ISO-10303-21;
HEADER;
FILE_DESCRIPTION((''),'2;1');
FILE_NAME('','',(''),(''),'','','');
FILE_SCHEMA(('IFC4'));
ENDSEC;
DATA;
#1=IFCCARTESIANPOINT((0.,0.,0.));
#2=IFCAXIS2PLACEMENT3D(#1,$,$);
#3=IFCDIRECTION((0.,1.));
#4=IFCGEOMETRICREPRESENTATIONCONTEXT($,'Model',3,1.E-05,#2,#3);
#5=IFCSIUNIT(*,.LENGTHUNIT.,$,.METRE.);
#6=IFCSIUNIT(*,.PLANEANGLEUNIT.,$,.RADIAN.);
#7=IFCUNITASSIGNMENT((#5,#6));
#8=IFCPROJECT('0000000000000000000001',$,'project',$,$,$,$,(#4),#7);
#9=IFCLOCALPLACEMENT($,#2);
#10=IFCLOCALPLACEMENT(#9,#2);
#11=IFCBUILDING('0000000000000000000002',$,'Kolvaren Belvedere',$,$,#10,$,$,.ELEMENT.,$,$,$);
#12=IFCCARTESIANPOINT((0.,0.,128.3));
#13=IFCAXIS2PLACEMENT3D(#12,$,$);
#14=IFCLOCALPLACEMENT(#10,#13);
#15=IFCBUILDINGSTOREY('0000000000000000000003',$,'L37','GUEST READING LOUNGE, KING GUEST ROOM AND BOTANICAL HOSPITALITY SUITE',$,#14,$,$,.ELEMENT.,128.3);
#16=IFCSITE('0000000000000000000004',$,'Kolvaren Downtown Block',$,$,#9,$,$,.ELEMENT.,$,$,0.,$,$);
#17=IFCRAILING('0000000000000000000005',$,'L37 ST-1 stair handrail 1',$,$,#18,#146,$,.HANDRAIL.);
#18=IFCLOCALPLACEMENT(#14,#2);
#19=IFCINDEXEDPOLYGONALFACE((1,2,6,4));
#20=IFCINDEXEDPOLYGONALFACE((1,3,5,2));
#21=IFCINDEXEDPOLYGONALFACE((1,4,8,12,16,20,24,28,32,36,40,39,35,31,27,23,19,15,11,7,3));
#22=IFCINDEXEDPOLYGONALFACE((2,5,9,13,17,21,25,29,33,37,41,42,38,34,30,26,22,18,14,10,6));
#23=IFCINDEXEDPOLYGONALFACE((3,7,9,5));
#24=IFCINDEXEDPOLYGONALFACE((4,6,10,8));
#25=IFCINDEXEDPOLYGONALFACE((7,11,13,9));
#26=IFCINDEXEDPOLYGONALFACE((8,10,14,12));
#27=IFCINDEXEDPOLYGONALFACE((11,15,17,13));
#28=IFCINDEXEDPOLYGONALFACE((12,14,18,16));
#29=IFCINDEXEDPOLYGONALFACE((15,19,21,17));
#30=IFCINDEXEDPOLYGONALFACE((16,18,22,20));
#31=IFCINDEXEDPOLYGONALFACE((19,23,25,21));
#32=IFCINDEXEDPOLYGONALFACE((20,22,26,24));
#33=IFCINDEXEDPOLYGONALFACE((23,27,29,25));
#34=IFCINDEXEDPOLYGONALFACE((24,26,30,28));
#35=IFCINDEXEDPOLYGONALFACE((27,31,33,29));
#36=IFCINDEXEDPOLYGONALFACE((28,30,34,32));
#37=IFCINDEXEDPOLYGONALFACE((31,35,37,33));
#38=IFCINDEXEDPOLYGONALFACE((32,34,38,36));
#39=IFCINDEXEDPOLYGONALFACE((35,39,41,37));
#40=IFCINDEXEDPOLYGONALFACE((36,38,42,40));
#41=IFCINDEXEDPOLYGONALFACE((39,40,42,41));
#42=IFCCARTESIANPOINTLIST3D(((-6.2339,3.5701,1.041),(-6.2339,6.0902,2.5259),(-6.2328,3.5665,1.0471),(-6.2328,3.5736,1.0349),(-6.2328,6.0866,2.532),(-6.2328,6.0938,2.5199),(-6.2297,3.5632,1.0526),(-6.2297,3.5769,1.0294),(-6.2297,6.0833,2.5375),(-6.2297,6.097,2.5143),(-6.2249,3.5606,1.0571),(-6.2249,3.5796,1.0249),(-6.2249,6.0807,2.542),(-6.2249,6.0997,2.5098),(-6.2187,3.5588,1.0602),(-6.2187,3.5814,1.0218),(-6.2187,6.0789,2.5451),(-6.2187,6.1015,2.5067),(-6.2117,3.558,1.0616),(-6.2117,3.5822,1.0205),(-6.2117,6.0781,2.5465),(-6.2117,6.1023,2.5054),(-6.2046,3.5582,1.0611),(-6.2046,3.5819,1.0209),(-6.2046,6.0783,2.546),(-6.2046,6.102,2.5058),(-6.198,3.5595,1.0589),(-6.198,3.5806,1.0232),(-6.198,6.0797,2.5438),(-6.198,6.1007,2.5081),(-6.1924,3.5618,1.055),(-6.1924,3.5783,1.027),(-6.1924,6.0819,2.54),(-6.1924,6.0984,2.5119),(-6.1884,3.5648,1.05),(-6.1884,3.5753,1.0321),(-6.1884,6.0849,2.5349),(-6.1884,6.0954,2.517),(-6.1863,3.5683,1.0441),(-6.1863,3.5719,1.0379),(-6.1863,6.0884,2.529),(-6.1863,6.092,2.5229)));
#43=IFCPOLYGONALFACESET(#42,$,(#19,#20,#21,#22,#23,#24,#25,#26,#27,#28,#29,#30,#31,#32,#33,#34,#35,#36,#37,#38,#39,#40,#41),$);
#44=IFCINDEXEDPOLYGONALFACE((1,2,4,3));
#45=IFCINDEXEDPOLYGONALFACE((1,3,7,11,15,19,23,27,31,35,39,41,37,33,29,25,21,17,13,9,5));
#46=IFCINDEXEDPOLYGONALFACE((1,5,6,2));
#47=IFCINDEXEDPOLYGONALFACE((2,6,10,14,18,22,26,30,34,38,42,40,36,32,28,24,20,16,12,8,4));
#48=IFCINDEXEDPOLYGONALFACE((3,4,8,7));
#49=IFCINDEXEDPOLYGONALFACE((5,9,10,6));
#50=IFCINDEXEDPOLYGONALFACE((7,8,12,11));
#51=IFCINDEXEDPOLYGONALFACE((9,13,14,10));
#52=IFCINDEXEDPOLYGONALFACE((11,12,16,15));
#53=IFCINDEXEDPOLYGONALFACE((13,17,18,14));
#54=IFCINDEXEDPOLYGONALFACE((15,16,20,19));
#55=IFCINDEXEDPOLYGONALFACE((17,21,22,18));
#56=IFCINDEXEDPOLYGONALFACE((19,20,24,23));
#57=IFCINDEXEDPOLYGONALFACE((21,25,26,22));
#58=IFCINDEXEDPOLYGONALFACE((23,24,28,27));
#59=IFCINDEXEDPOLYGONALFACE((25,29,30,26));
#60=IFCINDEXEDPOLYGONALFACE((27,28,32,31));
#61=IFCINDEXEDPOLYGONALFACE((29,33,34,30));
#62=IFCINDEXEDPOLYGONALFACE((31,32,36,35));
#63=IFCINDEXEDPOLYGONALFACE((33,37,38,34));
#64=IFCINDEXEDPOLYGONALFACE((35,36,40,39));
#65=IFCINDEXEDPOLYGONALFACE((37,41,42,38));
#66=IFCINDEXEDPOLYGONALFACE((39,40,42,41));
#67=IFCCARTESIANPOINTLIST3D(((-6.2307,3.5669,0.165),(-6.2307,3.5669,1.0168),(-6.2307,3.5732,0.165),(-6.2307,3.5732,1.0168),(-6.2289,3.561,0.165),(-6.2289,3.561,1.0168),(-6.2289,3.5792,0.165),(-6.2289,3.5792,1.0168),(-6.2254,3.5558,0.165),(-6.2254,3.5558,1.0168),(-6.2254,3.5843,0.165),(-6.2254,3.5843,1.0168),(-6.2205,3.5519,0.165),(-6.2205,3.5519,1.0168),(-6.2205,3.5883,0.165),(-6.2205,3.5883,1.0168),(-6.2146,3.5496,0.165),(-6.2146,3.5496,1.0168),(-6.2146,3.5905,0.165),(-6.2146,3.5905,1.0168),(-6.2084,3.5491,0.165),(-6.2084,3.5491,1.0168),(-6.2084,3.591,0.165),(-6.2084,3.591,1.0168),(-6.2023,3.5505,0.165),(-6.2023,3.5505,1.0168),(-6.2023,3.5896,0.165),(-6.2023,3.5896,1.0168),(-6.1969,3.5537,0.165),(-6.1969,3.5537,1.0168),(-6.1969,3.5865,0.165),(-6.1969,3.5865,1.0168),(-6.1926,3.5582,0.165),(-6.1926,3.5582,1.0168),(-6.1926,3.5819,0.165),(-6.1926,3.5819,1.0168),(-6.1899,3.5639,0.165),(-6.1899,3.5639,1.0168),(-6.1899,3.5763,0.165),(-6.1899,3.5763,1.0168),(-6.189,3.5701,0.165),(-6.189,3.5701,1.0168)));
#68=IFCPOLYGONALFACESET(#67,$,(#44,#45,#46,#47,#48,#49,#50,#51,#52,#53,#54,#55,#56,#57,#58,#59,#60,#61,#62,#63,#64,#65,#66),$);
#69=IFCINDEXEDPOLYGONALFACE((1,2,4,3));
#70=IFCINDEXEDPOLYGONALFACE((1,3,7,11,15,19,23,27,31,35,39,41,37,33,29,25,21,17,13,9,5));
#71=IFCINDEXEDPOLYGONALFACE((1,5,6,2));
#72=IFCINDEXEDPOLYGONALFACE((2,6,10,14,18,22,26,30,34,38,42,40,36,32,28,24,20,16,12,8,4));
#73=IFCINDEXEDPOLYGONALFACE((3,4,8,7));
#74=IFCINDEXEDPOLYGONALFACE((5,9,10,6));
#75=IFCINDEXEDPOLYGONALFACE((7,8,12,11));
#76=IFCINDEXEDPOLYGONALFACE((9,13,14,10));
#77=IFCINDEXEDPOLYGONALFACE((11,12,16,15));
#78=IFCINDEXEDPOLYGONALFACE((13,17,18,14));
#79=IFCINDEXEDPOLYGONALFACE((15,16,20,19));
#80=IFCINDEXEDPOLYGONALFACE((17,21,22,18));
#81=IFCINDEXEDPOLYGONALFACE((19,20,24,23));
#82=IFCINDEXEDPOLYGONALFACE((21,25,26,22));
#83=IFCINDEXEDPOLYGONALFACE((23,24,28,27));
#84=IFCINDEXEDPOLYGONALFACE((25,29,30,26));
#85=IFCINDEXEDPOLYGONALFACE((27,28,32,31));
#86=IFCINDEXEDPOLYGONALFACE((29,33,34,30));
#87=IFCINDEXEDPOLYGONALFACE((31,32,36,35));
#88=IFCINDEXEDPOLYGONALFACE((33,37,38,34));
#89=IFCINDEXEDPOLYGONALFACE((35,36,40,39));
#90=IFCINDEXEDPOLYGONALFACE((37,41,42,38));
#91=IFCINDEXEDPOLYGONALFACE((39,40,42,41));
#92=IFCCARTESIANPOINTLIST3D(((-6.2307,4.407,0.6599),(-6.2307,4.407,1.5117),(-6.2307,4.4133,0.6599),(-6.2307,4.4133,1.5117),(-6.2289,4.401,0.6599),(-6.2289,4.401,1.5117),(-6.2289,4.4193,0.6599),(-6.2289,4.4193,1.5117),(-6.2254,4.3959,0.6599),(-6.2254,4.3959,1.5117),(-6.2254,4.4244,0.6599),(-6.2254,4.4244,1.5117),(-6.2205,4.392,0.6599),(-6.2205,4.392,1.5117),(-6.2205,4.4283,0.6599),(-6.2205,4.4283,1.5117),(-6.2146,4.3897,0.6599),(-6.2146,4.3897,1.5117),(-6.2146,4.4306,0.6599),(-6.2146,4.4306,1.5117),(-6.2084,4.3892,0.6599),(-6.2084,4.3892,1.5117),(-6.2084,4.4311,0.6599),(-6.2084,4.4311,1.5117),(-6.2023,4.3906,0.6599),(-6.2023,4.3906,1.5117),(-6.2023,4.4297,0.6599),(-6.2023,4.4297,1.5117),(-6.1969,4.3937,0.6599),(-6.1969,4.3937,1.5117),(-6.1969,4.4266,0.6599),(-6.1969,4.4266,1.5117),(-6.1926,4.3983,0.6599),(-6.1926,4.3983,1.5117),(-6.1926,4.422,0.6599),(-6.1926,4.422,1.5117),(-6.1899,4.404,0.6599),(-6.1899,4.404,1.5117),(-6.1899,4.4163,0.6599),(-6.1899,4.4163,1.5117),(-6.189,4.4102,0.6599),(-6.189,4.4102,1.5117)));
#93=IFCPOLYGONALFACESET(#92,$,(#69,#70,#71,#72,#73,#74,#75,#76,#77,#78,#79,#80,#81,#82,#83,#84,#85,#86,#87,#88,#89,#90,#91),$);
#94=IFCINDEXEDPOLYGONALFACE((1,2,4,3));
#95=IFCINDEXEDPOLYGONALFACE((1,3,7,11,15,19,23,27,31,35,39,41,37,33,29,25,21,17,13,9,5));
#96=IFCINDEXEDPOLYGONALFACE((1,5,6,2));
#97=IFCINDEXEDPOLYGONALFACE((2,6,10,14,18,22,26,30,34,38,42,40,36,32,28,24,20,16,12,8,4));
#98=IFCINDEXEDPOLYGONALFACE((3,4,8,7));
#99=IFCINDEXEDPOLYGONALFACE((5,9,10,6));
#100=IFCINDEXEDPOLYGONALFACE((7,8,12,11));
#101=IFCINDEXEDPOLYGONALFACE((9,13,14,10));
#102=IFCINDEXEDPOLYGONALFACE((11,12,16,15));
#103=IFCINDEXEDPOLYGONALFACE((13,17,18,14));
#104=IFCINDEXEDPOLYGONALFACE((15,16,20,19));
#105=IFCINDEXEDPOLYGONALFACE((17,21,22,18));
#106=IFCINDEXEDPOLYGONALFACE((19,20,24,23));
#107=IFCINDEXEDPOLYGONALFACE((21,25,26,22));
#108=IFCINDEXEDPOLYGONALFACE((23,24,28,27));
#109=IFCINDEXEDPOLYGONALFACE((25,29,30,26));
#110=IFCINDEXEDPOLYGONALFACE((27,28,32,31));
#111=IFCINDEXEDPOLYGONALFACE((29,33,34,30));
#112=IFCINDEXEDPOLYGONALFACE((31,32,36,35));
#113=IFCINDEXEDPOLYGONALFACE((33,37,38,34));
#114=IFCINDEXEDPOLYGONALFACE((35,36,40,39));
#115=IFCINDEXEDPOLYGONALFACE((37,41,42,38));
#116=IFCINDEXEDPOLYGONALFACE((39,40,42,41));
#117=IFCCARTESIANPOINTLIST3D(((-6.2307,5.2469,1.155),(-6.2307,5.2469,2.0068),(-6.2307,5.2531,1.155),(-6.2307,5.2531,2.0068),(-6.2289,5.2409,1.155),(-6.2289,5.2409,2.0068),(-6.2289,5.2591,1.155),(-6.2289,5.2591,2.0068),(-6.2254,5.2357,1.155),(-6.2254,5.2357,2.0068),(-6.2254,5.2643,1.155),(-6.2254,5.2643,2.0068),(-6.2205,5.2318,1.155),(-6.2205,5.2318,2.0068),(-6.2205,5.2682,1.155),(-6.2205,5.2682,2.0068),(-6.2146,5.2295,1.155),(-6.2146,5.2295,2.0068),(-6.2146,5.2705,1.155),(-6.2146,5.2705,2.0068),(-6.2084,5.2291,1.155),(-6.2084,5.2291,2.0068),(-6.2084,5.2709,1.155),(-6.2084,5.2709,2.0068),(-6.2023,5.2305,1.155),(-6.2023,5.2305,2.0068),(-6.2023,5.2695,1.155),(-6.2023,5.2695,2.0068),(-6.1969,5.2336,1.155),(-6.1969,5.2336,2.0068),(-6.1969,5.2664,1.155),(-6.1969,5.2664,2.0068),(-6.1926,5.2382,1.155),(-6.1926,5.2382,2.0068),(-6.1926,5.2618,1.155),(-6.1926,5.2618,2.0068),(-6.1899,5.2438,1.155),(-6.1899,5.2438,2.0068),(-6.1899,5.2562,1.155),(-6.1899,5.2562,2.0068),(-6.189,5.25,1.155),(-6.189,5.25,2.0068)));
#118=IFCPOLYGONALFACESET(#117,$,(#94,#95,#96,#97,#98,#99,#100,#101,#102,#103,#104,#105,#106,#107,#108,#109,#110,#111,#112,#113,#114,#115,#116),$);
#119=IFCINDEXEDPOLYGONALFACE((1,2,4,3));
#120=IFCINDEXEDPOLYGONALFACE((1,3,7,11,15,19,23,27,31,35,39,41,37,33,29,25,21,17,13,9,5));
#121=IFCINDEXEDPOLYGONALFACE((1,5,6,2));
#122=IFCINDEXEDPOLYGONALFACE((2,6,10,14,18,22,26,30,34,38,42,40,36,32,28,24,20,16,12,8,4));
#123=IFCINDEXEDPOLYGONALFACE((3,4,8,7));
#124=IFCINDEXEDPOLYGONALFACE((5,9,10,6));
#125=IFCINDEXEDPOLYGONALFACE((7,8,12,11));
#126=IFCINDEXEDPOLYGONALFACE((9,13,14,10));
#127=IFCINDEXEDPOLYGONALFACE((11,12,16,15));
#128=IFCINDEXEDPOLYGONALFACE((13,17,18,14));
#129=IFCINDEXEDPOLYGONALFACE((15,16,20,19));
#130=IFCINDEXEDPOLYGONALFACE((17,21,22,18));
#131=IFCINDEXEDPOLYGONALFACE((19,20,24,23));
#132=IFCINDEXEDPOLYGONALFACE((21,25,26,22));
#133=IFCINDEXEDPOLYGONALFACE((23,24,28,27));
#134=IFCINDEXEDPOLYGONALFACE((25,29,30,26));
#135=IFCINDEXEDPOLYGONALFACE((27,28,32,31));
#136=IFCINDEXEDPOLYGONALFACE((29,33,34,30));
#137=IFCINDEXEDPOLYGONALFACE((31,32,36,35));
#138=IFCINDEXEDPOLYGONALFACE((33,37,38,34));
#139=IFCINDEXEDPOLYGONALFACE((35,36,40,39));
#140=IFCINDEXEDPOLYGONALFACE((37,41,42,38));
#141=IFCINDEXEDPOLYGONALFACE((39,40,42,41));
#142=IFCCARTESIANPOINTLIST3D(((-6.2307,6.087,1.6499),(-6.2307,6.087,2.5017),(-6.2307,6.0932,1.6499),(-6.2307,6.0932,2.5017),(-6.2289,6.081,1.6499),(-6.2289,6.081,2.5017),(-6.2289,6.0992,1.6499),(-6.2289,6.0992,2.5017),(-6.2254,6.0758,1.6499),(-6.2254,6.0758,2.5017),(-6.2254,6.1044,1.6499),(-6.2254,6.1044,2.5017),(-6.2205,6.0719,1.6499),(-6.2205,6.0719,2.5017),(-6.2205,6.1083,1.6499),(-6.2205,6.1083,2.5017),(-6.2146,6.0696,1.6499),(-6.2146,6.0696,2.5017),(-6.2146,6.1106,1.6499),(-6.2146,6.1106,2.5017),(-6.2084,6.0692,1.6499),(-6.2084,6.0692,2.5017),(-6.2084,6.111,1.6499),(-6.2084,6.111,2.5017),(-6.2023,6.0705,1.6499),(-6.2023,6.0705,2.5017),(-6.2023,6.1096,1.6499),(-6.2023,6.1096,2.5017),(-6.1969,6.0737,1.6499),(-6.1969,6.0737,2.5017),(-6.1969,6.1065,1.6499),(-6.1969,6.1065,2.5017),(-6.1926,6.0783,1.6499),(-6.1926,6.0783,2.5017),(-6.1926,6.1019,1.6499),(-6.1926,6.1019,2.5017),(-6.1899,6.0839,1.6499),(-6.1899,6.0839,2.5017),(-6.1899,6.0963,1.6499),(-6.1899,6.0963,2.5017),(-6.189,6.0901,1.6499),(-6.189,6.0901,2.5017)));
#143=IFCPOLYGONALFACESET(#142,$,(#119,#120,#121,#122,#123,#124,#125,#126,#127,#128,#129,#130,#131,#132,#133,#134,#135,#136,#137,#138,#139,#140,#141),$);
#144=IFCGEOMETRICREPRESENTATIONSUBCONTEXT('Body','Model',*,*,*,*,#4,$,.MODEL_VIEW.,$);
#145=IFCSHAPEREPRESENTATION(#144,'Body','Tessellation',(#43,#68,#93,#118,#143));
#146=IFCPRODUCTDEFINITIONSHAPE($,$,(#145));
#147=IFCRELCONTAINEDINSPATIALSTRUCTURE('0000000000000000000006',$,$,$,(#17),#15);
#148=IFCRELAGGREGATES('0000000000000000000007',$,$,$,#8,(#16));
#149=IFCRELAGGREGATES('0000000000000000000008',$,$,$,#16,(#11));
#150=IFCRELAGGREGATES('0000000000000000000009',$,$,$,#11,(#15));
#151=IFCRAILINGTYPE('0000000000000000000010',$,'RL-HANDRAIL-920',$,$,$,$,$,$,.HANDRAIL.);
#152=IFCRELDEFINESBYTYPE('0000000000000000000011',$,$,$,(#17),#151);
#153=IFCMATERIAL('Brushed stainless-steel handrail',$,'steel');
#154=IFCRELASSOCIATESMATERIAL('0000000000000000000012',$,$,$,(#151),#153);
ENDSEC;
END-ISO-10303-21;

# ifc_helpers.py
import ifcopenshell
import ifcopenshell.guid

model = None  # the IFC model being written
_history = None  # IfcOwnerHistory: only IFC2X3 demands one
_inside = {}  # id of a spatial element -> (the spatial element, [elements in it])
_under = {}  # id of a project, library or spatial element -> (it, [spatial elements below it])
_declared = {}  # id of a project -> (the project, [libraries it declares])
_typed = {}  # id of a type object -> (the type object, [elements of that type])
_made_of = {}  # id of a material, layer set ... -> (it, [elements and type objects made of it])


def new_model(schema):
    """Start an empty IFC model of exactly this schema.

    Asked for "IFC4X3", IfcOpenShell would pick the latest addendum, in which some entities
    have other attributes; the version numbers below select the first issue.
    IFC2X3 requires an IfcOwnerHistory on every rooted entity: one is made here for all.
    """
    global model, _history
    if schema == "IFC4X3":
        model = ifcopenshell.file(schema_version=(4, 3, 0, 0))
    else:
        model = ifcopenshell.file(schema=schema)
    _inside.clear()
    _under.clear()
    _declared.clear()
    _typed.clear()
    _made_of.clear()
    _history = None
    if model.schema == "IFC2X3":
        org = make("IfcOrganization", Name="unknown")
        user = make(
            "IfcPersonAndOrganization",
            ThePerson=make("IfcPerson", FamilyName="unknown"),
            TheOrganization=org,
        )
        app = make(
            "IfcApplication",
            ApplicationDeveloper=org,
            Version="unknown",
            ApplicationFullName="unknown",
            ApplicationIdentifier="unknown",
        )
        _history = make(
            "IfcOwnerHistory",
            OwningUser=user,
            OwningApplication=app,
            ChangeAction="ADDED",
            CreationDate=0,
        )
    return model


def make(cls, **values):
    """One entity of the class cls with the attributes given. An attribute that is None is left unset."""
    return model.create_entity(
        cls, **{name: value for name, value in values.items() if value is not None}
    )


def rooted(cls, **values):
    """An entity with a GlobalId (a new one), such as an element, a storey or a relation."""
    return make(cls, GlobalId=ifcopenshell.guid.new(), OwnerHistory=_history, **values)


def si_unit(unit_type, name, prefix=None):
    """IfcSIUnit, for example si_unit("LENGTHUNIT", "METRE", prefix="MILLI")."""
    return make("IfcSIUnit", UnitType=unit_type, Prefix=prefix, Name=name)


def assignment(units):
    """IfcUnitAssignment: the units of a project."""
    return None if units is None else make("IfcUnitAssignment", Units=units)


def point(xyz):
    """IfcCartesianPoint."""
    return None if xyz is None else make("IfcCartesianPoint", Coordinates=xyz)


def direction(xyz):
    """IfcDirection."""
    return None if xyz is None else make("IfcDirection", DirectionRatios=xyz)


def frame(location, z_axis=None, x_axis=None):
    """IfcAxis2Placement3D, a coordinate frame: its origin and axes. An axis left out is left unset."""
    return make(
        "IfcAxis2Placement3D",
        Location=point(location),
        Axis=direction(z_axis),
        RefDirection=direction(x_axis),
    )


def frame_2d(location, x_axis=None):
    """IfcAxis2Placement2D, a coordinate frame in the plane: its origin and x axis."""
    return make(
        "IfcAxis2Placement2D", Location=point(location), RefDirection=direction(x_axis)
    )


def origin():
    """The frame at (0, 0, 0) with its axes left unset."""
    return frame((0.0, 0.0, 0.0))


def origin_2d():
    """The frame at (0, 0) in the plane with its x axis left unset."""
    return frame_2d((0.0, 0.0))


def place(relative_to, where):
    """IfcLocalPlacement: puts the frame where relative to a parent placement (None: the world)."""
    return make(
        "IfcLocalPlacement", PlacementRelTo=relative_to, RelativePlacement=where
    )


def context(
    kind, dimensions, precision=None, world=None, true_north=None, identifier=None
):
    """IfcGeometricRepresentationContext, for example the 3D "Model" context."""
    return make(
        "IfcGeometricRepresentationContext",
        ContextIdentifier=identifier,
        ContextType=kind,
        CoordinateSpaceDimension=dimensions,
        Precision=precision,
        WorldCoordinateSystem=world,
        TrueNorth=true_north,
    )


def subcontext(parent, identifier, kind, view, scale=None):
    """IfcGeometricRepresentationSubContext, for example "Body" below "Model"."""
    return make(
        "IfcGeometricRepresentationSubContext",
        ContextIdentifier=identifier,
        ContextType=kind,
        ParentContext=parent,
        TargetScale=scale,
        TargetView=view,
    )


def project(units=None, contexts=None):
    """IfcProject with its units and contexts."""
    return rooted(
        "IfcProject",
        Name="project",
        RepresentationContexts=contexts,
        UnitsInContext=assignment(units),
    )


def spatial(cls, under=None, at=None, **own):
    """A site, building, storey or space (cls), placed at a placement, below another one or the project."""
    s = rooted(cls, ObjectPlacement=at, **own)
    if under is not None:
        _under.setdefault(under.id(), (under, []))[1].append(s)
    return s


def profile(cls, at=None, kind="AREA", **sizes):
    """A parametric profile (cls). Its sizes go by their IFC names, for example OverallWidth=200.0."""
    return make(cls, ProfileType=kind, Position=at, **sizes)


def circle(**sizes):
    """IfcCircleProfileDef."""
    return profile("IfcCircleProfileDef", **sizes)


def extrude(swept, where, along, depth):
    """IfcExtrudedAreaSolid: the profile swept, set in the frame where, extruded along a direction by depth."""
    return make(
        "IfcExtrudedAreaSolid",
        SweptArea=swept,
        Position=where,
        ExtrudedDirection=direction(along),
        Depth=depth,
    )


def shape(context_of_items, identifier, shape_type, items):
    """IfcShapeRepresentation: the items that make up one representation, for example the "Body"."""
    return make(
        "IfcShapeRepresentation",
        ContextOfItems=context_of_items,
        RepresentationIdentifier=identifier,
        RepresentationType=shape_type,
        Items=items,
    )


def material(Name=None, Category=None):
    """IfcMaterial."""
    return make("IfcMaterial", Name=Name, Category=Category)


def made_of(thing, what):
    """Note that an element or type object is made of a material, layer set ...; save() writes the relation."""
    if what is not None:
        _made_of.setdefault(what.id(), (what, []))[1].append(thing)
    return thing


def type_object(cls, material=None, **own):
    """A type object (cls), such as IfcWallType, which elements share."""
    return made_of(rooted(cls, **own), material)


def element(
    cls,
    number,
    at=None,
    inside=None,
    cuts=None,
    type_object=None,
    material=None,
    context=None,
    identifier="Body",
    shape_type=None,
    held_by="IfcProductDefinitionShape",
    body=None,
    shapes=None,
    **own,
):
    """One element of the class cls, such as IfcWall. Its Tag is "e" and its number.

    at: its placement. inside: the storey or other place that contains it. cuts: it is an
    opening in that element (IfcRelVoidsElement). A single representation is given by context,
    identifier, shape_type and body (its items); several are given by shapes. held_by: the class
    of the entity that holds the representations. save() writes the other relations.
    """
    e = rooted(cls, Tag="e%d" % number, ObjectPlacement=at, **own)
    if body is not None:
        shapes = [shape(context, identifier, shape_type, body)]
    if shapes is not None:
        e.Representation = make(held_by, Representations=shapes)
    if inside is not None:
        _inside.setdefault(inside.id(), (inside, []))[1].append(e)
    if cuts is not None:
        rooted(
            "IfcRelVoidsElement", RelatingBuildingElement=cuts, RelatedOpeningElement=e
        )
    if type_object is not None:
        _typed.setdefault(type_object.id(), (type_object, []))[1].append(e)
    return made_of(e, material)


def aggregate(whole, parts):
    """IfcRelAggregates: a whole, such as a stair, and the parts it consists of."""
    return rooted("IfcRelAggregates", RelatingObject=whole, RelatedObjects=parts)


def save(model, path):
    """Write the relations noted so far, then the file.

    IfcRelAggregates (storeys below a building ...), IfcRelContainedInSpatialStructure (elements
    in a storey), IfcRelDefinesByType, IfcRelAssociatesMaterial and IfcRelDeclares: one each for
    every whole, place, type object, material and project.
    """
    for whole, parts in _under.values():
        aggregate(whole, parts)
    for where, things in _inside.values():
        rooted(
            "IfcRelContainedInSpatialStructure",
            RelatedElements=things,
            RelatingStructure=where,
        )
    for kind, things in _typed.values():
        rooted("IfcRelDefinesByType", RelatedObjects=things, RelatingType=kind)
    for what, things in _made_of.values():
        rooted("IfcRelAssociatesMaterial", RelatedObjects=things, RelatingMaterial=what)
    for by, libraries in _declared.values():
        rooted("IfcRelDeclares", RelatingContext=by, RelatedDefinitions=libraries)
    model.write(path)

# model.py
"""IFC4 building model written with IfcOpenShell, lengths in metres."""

from ifc_helpers import new_model, si_unit, direction, frame, origin, origin_2d, place, context, subcontext, project, spatial, circle, extrude, material, type_object, element, save


model = new_model("IFC4")

# Units and contexts
model_context = context("Model", 3, precision=1e-05, world=origin(), true_north=direction((0.0, 1.0)))
body_context = subcontext(model_context, "Body", "Model", "MODEL_VIEW")
ifc_project = project(units=[si_unit("LENGTHUNIT", "METRE"), si_unit("PLANEANGLEUNIT", "RADIAN")], contexts=[model_context])

# Site, building, storey
site_placement = place(None, origin())
site = spatial("IfcSite", under=ifc_project, at=site_placement, Name="Kolvaren Downtown Block", CompositionType="ELEMENT", RefElevation=0.0)
building_placement = place(site_placement, origin())
building = spatial("IfcBuilding", under=site, at=building_placement, Name="Kolvaren Belvedere", CompositionType="ELEMENT")
storey_placement = place(building_placement, frame((0.0, 0.0, 128.3)))
storey = spatial("IfcBuildingStorey", under=building, at=storey_placement, Name="L37", Description="GUEST READING LOUNGE, KING GUEST ROOM AND BOTANICAL HOSPITALITY SUITE", CompositionType="ELEMENT", Elevation=128.3)

# Railing
ifc_material_1 = material(Name="Brushed stainless-steel handrail", Category="steel")
railing_type_1 = type_object("IfcRailingType", Name="RL-HANDRAIL-920", PredefinedType="HANDRAIL", material=ifc_material_1)
railing_1_placement = place(storey_placement, frame((-6.21, 3.5701, 0.165)))
element("IfcRailing", 1, at=railing_1_placement, inside=storey, type_object=railing_type_1, Name="L37 ST-1 stair handrail 1", PredefinedType="HANDRAIL", context=body_context, shape_type="SweptSolid", body=[
    extrude(circle(Radius=0.0239, at=origin_2d()), frame((0.0, 0.0, 0.876), z_axis=(0.0, 0.861561, 0.507655), x_axis=(-1.0, 0.0, 0.0)), (0.0, 0.0, 1.0), 2.925),
    extrude(circle(Radius=0.021, at=origin_2d()), origin(), (0.0, 0.0, 1.0), 0.8518),
    extrude(circle(Radius=0.021, at=origin_2d()), frame((0.0, 0.8401, 0.4949)), (0.0, 0.0, 1.0), 0.8518),
    extrude(circle(Radius=0.021, at=origin_2d()), frame((0.0, 1.6799, 0.99)), (0.0, 0.0, 1.0), 0.8518),
    extrude(circle(Radius=0.021, at=origin_2d()), frame((0.0, 2.52, 1.4849)), (0.0, 0.0, 1.0), 0.8518),
])

save(model, "model.ifc")
